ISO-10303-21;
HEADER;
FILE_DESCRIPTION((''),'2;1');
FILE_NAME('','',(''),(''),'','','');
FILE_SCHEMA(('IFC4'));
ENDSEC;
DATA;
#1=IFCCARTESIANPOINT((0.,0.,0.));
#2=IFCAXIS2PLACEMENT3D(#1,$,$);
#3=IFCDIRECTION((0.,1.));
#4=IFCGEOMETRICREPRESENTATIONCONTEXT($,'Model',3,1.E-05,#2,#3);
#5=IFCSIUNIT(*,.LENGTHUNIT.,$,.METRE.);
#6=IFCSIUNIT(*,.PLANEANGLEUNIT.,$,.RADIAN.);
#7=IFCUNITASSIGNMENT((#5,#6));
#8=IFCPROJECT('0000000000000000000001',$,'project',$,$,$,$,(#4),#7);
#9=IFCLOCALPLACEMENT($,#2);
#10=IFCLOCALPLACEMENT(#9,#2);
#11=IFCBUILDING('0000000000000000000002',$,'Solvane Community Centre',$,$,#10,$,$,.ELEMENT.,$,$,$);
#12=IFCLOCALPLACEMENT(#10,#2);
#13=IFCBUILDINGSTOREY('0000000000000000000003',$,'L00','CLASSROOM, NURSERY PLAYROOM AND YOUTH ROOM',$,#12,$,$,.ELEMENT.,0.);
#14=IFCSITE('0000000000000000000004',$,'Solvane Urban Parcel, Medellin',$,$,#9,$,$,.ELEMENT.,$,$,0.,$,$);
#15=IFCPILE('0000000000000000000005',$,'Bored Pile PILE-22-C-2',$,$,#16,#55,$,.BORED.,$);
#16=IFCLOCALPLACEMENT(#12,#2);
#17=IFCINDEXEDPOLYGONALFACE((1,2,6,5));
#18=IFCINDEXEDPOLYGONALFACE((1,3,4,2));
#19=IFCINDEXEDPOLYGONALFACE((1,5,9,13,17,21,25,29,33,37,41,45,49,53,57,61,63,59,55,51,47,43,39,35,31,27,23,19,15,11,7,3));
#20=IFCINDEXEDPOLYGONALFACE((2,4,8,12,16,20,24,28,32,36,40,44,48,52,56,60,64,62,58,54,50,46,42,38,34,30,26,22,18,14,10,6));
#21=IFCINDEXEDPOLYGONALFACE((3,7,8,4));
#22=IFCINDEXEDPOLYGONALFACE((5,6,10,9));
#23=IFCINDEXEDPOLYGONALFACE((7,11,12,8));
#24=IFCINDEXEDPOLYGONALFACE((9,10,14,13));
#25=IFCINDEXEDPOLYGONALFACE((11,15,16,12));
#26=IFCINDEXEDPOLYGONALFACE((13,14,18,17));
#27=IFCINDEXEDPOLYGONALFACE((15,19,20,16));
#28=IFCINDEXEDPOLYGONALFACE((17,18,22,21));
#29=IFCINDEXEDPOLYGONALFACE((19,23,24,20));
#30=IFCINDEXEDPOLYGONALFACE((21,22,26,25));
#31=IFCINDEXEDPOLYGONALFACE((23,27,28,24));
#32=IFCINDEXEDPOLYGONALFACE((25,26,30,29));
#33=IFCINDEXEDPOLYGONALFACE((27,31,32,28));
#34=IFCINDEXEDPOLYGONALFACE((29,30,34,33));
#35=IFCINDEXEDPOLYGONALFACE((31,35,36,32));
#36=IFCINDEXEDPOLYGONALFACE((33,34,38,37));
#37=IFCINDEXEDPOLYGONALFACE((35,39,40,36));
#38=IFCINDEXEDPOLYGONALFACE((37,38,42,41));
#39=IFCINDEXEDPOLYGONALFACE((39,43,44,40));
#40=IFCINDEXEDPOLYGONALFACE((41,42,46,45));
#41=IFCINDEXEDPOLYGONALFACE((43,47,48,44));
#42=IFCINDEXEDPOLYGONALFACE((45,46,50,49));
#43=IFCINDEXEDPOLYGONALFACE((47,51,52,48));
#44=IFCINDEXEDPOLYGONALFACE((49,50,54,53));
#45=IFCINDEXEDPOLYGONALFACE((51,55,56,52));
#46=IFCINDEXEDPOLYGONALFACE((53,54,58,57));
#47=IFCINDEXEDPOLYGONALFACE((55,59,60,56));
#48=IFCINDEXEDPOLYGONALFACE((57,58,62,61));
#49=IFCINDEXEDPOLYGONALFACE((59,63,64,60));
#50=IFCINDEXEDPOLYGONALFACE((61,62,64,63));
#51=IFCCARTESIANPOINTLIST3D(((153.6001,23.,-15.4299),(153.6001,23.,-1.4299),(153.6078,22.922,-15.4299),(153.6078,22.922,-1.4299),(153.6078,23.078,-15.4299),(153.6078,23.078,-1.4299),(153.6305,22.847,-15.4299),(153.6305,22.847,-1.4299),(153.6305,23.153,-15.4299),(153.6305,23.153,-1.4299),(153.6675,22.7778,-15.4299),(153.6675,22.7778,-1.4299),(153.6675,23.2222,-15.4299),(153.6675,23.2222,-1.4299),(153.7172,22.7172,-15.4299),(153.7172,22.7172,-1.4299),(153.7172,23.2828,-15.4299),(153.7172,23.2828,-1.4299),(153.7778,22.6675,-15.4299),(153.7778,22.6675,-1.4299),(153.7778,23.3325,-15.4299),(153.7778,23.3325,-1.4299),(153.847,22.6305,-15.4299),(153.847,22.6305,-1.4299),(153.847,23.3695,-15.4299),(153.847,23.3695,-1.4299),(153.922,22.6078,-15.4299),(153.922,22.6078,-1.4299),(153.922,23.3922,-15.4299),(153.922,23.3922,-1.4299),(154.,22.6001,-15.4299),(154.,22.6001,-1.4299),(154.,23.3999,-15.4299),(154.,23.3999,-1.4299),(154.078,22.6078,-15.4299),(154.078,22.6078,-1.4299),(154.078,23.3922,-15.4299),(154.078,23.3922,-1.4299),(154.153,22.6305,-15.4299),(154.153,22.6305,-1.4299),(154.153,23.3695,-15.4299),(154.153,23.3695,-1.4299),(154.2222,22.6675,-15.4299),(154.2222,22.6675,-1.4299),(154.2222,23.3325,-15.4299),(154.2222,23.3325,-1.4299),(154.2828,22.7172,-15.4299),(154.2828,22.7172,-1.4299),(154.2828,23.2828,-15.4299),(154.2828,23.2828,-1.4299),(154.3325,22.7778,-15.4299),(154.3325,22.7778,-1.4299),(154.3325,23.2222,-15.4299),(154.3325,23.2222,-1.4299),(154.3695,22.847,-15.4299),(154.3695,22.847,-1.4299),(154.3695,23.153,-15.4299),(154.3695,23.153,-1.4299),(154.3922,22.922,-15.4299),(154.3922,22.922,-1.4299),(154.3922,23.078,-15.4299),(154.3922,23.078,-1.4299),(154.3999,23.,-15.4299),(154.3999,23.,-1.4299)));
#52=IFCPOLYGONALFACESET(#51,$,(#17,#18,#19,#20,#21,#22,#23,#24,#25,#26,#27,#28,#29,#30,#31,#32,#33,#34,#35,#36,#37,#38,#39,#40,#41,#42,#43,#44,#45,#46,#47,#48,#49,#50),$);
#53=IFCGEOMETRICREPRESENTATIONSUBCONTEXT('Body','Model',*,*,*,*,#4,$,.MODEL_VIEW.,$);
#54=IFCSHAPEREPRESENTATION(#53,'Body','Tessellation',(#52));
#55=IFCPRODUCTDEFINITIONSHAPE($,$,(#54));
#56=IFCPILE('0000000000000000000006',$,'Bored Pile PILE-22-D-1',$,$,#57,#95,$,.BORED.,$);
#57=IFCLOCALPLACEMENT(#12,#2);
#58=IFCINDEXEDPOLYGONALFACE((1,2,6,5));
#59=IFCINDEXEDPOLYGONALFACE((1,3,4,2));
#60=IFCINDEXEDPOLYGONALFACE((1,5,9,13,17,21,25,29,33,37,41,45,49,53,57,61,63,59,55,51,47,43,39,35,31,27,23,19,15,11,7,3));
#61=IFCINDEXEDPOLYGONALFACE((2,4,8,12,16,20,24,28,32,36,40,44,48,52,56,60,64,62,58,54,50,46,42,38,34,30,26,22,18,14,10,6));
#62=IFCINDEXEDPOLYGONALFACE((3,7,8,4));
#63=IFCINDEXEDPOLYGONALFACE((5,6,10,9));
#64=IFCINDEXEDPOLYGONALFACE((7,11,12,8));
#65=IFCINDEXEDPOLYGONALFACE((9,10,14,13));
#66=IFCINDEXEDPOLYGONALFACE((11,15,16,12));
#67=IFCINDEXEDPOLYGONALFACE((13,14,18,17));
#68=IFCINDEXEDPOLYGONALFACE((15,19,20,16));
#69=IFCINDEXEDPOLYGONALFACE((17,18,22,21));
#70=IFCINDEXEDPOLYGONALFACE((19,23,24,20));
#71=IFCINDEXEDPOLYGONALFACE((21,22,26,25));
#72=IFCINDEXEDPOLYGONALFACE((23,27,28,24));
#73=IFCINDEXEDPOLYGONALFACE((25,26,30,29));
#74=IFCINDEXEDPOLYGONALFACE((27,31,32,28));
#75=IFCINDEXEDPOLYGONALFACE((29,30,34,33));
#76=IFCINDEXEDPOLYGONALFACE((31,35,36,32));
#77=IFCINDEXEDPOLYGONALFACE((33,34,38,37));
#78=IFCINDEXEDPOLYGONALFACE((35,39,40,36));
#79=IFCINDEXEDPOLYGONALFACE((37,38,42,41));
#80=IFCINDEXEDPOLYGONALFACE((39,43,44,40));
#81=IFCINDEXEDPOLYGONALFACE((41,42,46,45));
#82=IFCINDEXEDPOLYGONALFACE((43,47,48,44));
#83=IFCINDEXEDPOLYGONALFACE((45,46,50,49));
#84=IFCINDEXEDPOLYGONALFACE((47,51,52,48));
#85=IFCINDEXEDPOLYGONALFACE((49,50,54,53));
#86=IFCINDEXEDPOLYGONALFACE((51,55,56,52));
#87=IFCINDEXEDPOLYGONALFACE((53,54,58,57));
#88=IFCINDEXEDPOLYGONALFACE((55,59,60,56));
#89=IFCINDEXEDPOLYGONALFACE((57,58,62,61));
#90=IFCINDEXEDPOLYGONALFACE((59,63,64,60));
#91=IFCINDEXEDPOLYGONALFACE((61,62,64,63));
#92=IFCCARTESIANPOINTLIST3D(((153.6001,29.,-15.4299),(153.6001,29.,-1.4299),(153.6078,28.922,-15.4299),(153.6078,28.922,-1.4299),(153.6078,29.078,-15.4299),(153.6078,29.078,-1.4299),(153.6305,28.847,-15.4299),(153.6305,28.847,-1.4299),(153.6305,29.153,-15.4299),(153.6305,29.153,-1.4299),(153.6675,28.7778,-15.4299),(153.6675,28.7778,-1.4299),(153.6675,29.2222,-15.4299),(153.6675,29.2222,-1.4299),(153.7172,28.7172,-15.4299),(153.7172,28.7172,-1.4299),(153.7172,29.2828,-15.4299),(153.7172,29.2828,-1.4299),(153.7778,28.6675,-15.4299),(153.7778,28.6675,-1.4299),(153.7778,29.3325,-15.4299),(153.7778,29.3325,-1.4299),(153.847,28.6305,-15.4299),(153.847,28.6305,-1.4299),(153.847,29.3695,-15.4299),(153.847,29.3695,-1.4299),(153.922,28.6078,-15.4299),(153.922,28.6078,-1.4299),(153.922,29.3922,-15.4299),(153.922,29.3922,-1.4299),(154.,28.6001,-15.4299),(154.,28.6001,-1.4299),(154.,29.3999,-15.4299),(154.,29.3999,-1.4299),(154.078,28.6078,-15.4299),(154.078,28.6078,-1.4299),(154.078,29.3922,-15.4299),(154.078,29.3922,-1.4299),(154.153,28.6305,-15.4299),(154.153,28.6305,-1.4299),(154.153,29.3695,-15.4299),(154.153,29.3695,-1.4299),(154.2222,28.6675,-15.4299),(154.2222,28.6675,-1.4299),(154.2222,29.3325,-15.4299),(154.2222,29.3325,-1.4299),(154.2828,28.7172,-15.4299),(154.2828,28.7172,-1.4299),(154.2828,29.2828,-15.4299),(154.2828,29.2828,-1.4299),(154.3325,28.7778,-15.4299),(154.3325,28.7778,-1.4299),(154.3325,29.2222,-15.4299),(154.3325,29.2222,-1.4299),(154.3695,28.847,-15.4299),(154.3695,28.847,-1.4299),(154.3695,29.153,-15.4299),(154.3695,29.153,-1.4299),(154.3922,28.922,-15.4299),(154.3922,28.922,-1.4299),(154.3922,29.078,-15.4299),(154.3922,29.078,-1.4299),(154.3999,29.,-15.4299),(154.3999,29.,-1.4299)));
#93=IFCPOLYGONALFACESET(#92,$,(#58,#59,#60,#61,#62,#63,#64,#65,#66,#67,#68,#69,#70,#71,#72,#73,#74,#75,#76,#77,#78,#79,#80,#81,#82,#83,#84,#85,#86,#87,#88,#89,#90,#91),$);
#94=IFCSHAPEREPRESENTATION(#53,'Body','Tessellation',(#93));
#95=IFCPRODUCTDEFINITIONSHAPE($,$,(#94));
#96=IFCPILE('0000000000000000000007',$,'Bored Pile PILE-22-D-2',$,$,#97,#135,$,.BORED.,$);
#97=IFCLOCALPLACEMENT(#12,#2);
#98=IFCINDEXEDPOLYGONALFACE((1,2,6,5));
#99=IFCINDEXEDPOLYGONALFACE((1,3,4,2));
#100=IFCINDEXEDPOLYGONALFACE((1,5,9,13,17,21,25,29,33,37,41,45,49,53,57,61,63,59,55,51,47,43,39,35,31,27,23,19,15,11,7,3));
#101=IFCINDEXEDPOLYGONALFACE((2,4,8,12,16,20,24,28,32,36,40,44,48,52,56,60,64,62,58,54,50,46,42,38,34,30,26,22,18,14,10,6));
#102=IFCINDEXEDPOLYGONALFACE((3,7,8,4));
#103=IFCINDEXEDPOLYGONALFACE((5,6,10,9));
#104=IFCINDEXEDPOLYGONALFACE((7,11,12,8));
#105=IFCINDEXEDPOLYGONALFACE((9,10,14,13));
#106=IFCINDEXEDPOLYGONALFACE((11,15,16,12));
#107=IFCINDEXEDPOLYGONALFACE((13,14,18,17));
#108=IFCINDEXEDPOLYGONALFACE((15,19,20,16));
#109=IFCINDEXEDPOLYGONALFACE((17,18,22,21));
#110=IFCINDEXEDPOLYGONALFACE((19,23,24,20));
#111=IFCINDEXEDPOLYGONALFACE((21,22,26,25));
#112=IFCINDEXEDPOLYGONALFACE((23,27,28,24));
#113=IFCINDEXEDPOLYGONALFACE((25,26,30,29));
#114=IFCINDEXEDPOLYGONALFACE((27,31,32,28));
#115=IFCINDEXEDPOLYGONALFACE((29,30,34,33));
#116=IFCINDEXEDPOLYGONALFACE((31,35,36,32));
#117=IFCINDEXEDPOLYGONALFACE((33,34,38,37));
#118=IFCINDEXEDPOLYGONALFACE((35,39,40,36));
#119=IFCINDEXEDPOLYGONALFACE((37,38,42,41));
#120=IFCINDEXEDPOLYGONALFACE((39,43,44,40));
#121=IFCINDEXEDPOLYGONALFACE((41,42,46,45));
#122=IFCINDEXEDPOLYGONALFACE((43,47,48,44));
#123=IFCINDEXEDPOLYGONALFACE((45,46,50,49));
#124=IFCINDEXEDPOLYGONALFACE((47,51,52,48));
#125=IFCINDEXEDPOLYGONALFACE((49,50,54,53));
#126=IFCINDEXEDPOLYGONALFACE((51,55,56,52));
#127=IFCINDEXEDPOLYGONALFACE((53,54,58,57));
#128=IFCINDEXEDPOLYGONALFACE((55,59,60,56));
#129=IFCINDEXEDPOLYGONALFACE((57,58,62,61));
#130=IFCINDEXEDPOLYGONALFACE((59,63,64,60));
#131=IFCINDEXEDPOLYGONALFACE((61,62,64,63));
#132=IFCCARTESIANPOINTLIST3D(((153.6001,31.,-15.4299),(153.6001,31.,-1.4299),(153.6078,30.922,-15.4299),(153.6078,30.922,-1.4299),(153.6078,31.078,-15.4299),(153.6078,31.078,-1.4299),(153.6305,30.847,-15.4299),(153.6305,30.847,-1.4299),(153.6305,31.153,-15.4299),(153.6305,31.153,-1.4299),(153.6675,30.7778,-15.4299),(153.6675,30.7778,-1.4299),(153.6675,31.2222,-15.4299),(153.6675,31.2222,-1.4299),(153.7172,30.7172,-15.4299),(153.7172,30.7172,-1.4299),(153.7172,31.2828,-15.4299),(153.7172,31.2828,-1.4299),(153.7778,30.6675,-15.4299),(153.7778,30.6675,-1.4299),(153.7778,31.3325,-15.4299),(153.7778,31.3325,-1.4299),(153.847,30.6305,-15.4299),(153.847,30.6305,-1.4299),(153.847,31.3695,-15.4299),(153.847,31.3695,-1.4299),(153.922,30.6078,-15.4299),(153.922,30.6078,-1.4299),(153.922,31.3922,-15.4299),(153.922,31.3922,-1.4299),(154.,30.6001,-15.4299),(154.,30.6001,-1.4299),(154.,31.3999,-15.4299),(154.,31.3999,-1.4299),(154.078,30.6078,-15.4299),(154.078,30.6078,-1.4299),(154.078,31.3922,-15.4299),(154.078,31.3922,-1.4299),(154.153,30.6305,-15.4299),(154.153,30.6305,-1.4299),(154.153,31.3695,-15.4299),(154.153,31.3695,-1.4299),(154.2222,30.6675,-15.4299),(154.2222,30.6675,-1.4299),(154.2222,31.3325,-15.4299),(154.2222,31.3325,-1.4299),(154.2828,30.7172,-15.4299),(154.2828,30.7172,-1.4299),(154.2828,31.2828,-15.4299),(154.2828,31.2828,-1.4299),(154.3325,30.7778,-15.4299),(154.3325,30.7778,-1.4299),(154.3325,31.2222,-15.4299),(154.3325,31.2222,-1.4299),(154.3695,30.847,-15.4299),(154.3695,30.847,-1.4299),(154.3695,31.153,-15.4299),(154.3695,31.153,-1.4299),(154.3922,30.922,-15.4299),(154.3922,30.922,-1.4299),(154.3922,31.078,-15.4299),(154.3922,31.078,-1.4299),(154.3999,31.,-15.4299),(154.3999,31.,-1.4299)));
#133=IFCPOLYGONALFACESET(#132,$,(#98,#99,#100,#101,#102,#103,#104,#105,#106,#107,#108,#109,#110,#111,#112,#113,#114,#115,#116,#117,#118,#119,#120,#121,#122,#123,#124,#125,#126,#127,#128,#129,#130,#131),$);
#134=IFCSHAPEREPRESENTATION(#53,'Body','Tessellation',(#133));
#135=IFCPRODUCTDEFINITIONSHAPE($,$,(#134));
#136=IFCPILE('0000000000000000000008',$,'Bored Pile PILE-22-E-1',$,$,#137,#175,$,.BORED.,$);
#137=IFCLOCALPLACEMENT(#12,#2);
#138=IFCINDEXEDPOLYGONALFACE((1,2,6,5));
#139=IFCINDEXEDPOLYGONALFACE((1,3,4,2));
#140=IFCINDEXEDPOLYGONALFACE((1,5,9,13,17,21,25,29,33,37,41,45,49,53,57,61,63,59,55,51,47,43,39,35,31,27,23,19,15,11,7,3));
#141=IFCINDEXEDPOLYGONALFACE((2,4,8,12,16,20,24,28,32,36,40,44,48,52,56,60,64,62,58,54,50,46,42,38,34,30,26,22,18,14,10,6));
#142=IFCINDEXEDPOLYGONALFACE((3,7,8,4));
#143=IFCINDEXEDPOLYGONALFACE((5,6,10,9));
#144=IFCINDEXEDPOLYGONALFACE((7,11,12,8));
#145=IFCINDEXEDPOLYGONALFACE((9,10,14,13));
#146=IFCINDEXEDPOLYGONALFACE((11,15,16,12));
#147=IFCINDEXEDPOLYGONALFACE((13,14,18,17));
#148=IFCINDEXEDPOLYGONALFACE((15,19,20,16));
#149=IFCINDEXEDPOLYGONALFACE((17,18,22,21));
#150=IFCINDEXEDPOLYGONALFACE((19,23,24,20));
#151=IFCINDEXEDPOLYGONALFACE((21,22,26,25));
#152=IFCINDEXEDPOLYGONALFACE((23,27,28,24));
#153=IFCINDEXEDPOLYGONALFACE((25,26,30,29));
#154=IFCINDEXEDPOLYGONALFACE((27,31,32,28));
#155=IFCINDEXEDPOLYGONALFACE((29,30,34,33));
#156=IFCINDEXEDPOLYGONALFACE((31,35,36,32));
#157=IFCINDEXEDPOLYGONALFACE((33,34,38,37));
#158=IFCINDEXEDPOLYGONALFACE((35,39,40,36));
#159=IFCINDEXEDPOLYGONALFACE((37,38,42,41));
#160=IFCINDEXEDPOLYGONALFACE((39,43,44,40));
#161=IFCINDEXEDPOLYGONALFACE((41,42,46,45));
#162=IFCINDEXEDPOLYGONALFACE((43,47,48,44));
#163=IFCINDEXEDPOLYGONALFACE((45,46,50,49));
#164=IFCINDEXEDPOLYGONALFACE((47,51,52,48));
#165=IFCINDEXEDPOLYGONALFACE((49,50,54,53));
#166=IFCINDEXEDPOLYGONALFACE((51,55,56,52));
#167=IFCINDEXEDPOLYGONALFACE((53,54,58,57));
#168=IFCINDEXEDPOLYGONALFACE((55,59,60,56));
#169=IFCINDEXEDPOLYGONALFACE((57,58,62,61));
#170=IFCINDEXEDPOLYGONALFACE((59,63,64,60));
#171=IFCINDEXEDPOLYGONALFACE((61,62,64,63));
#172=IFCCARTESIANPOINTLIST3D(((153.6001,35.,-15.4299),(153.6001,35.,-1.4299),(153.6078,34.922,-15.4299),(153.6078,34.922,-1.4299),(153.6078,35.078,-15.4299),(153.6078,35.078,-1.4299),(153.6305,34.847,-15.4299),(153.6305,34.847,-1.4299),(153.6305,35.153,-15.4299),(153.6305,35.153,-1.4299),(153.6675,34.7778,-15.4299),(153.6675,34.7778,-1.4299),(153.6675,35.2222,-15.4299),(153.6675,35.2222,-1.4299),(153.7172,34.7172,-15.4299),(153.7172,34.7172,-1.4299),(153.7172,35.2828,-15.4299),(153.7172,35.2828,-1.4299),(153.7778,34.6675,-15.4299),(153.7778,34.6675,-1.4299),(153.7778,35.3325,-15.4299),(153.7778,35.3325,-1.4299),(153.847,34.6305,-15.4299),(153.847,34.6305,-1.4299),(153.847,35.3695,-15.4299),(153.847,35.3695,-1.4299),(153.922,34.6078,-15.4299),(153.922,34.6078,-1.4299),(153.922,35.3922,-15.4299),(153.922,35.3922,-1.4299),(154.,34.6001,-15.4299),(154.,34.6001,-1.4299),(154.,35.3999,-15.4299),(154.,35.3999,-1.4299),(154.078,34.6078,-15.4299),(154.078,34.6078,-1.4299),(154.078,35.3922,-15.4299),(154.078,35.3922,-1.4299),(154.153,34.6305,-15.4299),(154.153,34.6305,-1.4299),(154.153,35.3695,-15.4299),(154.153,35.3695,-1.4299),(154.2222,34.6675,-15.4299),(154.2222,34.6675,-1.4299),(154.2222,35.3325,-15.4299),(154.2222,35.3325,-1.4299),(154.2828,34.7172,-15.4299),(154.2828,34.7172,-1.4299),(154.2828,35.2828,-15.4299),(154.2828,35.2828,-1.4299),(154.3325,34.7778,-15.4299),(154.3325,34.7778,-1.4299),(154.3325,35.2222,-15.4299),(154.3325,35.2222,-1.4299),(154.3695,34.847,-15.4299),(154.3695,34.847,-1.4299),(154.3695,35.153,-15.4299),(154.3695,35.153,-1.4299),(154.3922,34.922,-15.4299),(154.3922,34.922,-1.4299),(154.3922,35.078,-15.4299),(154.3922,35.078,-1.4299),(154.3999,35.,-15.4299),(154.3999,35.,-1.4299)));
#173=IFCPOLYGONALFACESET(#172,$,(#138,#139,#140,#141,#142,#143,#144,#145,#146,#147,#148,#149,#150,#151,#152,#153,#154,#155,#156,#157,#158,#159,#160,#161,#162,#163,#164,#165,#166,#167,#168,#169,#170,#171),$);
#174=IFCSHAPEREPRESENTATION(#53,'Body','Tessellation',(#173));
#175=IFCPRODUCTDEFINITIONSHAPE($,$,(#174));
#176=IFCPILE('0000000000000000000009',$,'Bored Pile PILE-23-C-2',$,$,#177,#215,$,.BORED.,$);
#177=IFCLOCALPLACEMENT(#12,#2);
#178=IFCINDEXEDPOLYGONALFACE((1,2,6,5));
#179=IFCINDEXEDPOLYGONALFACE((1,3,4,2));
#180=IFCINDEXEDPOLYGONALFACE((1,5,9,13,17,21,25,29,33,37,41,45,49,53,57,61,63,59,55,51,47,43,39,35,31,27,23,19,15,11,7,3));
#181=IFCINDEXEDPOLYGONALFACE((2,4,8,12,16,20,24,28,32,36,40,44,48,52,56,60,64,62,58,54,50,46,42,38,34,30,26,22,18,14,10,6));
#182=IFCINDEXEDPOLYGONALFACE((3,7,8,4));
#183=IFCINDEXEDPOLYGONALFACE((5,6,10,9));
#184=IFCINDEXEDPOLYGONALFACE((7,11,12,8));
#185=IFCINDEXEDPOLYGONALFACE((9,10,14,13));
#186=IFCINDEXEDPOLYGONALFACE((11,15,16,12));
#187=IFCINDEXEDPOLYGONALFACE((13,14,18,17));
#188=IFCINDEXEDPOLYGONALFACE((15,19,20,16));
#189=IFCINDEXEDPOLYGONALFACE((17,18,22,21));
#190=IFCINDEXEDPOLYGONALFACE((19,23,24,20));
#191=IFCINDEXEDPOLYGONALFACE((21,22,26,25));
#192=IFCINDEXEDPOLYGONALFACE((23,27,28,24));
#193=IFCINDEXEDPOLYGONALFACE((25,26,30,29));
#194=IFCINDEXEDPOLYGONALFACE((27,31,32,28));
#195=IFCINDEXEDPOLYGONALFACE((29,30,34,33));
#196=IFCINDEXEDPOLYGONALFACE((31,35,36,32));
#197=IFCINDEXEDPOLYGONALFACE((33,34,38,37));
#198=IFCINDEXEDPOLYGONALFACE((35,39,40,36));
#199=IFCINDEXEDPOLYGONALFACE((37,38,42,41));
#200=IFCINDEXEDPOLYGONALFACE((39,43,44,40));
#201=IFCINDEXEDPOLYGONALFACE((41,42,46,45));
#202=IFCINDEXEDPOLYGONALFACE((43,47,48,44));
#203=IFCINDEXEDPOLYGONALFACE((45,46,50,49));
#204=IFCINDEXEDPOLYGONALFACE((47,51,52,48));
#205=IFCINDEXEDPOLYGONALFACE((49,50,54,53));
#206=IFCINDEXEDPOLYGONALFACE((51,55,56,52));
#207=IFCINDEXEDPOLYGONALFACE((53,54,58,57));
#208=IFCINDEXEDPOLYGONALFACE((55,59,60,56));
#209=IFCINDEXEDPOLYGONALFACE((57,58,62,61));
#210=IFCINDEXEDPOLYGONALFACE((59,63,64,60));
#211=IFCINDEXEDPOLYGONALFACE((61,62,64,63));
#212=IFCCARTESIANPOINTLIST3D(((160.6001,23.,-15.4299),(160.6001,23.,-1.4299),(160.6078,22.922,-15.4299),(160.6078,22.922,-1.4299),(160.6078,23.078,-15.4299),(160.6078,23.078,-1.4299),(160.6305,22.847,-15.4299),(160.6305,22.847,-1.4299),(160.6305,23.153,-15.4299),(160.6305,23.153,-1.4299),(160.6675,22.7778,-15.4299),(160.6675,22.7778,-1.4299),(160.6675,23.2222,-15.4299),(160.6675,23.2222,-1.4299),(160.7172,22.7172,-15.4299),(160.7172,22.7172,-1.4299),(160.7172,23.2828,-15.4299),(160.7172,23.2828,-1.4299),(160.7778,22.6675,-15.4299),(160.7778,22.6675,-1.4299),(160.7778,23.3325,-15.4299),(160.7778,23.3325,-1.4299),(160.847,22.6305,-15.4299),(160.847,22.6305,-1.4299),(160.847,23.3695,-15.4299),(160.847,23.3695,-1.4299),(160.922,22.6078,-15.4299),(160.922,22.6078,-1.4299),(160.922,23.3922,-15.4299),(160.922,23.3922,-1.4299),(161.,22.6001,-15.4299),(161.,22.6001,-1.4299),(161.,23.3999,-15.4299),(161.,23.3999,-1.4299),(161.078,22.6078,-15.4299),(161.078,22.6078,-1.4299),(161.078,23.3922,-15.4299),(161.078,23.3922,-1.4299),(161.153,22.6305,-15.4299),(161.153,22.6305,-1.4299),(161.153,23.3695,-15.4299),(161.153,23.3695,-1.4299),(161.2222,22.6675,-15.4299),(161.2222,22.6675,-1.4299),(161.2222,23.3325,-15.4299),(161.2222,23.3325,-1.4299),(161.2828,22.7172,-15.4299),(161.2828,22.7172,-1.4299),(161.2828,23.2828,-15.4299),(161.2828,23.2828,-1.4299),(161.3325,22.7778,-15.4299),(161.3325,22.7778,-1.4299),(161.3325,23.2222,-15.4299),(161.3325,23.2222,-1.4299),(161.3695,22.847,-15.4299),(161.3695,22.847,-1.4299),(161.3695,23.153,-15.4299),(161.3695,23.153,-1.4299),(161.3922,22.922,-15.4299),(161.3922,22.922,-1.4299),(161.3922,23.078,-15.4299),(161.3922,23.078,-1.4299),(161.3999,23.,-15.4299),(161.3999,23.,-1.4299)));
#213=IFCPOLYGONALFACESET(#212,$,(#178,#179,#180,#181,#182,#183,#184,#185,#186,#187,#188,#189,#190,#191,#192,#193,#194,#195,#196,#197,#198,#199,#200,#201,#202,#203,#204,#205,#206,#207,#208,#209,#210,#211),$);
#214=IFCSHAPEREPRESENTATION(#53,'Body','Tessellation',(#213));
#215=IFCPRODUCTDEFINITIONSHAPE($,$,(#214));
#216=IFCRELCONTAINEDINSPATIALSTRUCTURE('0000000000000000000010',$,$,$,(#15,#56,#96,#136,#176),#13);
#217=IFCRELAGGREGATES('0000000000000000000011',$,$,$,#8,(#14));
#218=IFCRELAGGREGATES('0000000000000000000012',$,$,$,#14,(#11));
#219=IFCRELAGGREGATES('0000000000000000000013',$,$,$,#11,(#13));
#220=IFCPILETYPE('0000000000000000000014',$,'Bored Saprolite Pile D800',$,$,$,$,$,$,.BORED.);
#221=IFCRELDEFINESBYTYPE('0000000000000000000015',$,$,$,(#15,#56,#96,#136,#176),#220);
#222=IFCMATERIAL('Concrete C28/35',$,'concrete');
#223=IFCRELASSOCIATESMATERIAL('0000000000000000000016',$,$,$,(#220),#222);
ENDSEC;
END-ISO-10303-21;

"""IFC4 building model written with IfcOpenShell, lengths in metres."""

from ifc_helpers import new_model, si_unit, direction, frame, origin, origin_2d, place, context, subcontext, project, spatial, circle, extrude, material, material_profile, profile_set, type_object, element, save


model = new_model("IFC4")

# Units and contexts
model_context = context("Model", 3, precision=1e-05, world=origin(), true_north=direction((0.0, 1.0)))
body_context = subcontext(model_context, "Body", "Model", "MODEL_VIEW")
ifc_project = project(units=[si_unit("LENGTHUNIT", "METRE"), si_unit("PLANEANGLEUNIT", "RADIAN")], contexts=[model_context])

# Site, building, storey
site_placement = place(None, origin())
site = spatial("IfcSite", under=ifc_project, at=site_placement, Name="Solvane Urban Parcel, Medellin", CompositionType="ELEMENT", RefElevation=0.0)
building_placement = place(site_placement, origin())
building = spatial("IfcBuilding", under=site, at=building_placement, Name="Solvane Community Centre", CompositionType="ELEMENT")
storey_placement = place(building_placement, origin())
storey = spatial("IfcBuildingStorey", under=building, at=storey_placement, Name="L00", Description="CLASSROOM, NURSERY PLAYROOM AND YOUTH ROOM", CompositionType="ELEMENT", Elevation=0.0)

# Piles
ifc_material_1 = material(Name="Concrete C28/35", Category="concrete")
ifc_material_profile_1 = material_profile(ifc_material_1, circle(Radius=0.3999, at=origin_2d()), Name="PILE D800")
ifc_profile_set_1 = profile_set([ifc_material_profile_1], Name="Concrete C28/35")
pile_type = type_object("IfcPileType", Name="Bored Saprolite Pile D800", PredefinedType="BORED", material=ifc_profile_set_1)
for number, where, z_axis, x_axis, name in (
    (1, (154.0, 23.0, -1.4299), (0.0, 0.0, -1.0), (1.0, 0.0, 0.0), "Bored Pile PILE-22-C-2"),
    (2, (154.0, 29.0, -1.4299), (0.0, 0.0, -1.0), (1.0, 0.0, 0.0), "Bored Pile PILE-22-D-1"),
    (3, (154.0, 31.0, -1.4299), (0.0, 0.0, -1.0), (1.0, 0.0, 0.0), "Bored Pile PILE-22-D-2"),
    (4, (154.0, 35.0, -1.4299), (0.0, 0.0, -1.0), (1.0, 0.0, 0.0), "Bored Pile PILE-22-E-1"),
    (5, (161.0, 23.0, -1.4299), (0.0, 0.0, -1.0), (1.0, 0.0, 0.0), "Bored Pile PILE-23-C-2"),
):
    element("IfcPile", number, at=place(storey_placement, frame(where, z_axis=z_axis, x_axis=x_axis)), inside=storey, type_object=pile_type, Name=name, PredefinedType="BORED", context=body_context, shape_type="SweptSolid", body=[
        extrude(circle(Radius=0.3999, at=origin_2d()), origin(), (0.0, 0.0, 1.0), 14.0),
    ])

save(model, "model.ifc")
